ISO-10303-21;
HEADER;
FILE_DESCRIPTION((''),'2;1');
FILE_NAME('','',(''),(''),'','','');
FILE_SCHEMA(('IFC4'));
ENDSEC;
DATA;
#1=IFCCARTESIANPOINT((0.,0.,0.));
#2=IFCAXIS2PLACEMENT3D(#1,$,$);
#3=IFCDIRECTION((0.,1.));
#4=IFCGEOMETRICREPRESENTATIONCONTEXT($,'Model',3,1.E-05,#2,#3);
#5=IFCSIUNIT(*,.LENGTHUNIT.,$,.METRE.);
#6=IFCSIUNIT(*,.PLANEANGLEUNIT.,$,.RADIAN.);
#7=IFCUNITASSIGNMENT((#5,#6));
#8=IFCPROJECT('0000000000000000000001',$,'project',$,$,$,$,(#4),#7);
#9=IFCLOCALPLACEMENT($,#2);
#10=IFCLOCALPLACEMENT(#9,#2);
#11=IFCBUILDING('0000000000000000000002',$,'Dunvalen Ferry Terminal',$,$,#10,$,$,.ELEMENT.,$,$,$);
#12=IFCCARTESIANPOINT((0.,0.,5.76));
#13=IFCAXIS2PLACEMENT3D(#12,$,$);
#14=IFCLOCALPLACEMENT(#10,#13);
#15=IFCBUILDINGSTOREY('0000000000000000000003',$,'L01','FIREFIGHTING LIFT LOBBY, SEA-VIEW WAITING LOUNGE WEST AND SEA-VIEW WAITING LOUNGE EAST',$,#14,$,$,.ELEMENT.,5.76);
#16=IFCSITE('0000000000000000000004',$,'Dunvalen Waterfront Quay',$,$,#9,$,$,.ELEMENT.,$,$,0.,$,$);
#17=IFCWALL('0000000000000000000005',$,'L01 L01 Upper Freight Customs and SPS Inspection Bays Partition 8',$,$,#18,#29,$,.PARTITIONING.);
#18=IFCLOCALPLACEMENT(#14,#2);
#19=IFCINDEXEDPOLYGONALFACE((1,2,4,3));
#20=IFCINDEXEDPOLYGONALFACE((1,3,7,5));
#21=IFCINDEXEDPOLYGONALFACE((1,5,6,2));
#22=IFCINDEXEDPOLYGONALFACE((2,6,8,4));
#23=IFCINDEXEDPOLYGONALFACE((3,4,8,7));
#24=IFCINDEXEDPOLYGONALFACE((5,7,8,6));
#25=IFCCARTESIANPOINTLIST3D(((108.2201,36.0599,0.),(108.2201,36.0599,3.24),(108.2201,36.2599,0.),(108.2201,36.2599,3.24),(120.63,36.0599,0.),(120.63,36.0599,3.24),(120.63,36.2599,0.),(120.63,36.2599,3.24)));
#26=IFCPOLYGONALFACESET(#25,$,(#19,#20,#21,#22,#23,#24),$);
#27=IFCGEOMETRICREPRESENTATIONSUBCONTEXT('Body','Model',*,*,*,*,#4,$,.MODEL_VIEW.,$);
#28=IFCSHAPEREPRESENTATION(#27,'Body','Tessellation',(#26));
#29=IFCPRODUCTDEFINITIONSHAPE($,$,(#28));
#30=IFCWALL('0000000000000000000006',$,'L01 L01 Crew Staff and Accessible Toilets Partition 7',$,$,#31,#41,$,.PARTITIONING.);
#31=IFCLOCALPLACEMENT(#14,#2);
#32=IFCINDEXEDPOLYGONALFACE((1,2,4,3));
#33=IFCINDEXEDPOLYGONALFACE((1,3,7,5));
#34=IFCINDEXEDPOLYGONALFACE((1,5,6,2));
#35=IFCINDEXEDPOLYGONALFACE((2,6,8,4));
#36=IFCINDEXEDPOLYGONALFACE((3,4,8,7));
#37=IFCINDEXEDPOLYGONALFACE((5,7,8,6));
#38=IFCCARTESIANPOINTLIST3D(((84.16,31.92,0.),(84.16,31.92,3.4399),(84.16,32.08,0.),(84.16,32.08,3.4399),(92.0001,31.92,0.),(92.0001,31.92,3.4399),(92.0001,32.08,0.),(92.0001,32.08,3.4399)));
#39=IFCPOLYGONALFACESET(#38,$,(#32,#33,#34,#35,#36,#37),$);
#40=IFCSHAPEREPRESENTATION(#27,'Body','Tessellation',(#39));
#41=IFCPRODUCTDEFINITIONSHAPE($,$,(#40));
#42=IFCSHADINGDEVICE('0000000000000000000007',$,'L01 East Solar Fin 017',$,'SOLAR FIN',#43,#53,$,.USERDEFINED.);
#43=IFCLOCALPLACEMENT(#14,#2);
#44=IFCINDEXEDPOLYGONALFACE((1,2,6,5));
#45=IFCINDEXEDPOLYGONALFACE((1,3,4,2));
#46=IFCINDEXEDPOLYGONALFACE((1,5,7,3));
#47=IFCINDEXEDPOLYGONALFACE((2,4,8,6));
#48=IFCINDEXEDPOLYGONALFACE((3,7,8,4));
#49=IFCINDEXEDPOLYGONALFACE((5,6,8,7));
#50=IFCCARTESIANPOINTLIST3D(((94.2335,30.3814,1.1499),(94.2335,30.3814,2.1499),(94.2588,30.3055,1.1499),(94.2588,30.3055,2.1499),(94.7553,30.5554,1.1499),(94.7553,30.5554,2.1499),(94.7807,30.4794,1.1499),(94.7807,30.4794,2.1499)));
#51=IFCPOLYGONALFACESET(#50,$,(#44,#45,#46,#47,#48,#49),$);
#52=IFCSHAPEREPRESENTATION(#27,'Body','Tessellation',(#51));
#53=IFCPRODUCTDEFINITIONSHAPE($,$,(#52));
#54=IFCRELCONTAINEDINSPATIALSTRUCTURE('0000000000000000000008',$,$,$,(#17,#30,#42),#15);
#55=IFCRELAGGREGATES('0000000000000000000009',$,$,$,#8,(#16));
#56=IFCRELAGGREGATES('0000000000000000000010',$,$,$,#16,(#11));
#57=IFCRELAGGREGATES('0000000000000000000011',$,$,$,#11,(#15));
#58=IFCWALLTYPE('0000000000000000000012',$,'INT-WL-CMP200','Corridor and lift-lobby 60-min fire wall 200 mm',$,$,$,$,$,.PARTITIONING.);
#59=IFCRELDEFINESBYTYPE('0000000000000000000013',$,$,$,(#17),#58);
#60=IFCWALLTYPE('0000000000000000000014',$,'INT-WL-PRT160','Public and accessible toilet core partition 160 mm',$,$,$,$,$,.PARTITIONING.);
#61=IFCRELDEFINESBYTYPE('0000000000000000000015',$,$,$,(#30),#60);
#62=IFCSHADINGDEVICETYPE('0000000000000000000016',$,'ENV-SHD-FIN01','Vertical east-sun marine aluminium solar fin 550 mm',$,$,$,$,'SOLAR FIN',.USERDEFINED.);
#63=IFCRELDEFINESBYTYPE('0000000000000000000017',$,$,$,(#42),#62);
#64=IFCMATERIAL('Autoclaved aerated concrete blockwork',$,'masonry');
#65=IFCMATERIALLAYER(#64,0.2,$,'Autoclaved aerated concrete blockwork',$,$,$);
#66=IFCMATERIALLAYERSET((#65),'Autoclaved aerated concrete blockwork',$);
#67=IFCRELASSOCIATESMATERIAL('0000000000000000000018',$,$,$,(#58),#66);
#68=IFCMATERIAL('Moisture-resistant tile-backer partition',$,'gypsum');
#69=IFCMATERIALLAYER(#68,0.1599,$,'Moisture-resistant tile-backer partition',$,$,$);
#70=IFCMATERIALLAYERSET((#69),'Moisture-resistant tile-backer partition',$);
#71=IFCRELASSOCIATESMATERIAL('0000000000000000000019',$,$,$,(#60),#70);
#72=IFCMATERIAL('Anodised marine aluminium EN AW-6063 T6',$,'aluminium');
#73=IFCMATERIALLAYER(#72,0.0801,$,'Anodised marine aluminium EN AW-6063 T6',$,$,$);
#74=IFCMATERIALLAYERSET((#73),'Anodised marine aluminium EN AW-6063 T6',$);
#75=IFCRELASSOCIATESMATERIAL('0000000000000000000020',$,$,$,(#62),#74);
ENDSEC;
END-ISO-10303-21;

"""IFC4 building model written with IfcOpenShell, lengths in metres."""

from ifc_helpers import new_model, si_unit, direction, frame, frame_2d, origin, origin_2d, place, context, subcontext, project, spatial, rectangle, extrude, material, layer, layer_set, type_object, element, save


model = new_model("IFC4")

# Units and contexts
model_context = context("Model", 3, precision=1e-05, world=origin(), true_north=direction((0.0, 1.0)))
body_context = subcontext(model_context, "Body", "Model", "MODEL_VIEW")
ifc_project = project(units=[si_unit("LENGTHUNIT", "METRE"), si_unit("PLANEANGLEUNIT", "RADIAN")], contexts=[model_context])

# Site, building, storey
site_placement = place(None, origin())
site = spatial("IfcSite", under=ifc_project, at=site_placement, Name="Dunvalen Waterfront Quay", CompositionType="ELEMENT", RefElevation=0.0)
building_placement = place(site_placement, origin())
building = spatial("IfcBuilding", under=site, at=building_placement, Name="Dunvalen Ferry Terminal", CompositionType="ELEMENT")
storey_placement = place(building_placement, frame((0.0, 0.0, 5.76)))
storey = spatial("IfcBuildingStorey", under=building, at=storey_placement, Name="L01", Description="FIREFIGHTING LIFT LOBBY, SEA-VIEW WAITING LOUNGE WEST AND SEA-VIEW WAITING LOUNGE EAST", CompositionType="ELEMENT", Elevation=5.76)

# Shared definitions
ifc_material_1 = material(Name="Anodised marine aluminium EN AW-6063 T6", Category="aluminium")

# Walls
ifc_material_2 = material(Name="Autoclaved aerated concrete blockwork", Category="masonry")
ifc_layer_1 = layer(ifc_material_2, 0.2, Name="Autoclaved aerated concrete blockwork")
ifc_layer_set_1 = layer_set([ifc_layer_1], Name="Autoclaved aerated concrete blockwork")
wall_type_1 = type_object("IfcWallType", Name="INT-WL-CMP200", Description="Corridor and lift-lobby 60-min fire wall 200 mm", PredefinedType="PARTITIONING", material=ifc_layer_set_1)
wall_1_placement = place(storey_placement, frame((108.22, 36.1599, 0.0), z_axis=(0.0, 0.0, 1.0), x_axis=(1.0, 0.0, 0.0)))
element("IfcWall", 1, at=wall_1_placement, inside=storey, type_object=wall_type_1, Name="L01 L01 Upper Freight Customs and SPS Inspection Bays Partition 8", PredefinedType="PARTITIONING", context=body_context, shape_type="SweptSolid", body=[
    extrude(rectangle(XDim=12.4099, YDim=0.2, at=frame_2d((6.2051, 0.0))), origin(), (0.0, 0.0, 1.0), 3.24),
])
ifc_material_3 = material(Name="Moisture-resistant tile-backer partition", Category="gypsum")
ifc_layer_2 = layer(ifc_material_3, 0.1599, Name="Moisture-resistant tile-backer partition")
ifc_layer_set_2 = layer_set([ifc_layer_2], Name="Moisture-resistant tile-backer partition")
wall_type_2 = type_object("IfcWallType", Name="INT-WL-PRT160", Description="Public and accessible toilet core partition 160 mm", PredefinedType="PARTITIONING", material=ifc_layer_set_2)
wall_2_placement = place(storey_placement, frame((92.0, 32.0, 0.0), z_axis=(0.0, 0.0, 1.0), x_axis=(-1.0, 0.0, 0.0)))
element("IfcWall", 2, at=wall_2_placement, inside=storey, type_object=wall_type_2, Name="L01 L01 Crew Staff and Accessible Toilets Partition 7", PredefinedType="PARTITIONING", context=body_context, shape_type="SweptSolid", body=[
    extrude(rectangle(XDim=7.8401, YDim=0.1599, at=frame_2d((3.9199, 0.0))), origin(), (0.0, 0.0, 1.0), 3.4399),
])

# Shading device
ifc_layer_3 = layer(ifc_material_1, 0.0801, Name="Anodised marine aluminium EN AW-6063 T6")
ifc_layer_set_3 = layer_set([ifc_layer_3], Name="Anodised marine aluminium EN AW-6063 T6")
shading_device_type = type_object("IfcShadingDeviceType", Name="ENV-SHD-FIN01", Description="Vertical east-sun marine aluminium solar fin 550 mm", ElementType="SOLAR FIN", PredefinedType="USERDEFINED", material=ifc_layer_set_3)
shading_device_placement = place(storey_placement, frame((94.5071, 30.4304, 1.1499), z_axis=(0.0, 0.0, 1.0), x_axis=(-0.316232, 0.948682, 0.0)))
element("IfcShadingDevice", 3, at=shading_device_placement, inside=storey, type_object=shading_device_type, Name="L01 East Solar Fin 017", ObjectType="SOLAR FIN", PredefinedType="USERDEFINED", context=body_context, shape_type="SweptSolid", body=[
    extrude(rectangle(XDim=0.0801, YDim=0.55, at=origin_2d()), origin(), (0.0, 0.0, 1.0), 1.0),
])

save(model, "model.ifc")
